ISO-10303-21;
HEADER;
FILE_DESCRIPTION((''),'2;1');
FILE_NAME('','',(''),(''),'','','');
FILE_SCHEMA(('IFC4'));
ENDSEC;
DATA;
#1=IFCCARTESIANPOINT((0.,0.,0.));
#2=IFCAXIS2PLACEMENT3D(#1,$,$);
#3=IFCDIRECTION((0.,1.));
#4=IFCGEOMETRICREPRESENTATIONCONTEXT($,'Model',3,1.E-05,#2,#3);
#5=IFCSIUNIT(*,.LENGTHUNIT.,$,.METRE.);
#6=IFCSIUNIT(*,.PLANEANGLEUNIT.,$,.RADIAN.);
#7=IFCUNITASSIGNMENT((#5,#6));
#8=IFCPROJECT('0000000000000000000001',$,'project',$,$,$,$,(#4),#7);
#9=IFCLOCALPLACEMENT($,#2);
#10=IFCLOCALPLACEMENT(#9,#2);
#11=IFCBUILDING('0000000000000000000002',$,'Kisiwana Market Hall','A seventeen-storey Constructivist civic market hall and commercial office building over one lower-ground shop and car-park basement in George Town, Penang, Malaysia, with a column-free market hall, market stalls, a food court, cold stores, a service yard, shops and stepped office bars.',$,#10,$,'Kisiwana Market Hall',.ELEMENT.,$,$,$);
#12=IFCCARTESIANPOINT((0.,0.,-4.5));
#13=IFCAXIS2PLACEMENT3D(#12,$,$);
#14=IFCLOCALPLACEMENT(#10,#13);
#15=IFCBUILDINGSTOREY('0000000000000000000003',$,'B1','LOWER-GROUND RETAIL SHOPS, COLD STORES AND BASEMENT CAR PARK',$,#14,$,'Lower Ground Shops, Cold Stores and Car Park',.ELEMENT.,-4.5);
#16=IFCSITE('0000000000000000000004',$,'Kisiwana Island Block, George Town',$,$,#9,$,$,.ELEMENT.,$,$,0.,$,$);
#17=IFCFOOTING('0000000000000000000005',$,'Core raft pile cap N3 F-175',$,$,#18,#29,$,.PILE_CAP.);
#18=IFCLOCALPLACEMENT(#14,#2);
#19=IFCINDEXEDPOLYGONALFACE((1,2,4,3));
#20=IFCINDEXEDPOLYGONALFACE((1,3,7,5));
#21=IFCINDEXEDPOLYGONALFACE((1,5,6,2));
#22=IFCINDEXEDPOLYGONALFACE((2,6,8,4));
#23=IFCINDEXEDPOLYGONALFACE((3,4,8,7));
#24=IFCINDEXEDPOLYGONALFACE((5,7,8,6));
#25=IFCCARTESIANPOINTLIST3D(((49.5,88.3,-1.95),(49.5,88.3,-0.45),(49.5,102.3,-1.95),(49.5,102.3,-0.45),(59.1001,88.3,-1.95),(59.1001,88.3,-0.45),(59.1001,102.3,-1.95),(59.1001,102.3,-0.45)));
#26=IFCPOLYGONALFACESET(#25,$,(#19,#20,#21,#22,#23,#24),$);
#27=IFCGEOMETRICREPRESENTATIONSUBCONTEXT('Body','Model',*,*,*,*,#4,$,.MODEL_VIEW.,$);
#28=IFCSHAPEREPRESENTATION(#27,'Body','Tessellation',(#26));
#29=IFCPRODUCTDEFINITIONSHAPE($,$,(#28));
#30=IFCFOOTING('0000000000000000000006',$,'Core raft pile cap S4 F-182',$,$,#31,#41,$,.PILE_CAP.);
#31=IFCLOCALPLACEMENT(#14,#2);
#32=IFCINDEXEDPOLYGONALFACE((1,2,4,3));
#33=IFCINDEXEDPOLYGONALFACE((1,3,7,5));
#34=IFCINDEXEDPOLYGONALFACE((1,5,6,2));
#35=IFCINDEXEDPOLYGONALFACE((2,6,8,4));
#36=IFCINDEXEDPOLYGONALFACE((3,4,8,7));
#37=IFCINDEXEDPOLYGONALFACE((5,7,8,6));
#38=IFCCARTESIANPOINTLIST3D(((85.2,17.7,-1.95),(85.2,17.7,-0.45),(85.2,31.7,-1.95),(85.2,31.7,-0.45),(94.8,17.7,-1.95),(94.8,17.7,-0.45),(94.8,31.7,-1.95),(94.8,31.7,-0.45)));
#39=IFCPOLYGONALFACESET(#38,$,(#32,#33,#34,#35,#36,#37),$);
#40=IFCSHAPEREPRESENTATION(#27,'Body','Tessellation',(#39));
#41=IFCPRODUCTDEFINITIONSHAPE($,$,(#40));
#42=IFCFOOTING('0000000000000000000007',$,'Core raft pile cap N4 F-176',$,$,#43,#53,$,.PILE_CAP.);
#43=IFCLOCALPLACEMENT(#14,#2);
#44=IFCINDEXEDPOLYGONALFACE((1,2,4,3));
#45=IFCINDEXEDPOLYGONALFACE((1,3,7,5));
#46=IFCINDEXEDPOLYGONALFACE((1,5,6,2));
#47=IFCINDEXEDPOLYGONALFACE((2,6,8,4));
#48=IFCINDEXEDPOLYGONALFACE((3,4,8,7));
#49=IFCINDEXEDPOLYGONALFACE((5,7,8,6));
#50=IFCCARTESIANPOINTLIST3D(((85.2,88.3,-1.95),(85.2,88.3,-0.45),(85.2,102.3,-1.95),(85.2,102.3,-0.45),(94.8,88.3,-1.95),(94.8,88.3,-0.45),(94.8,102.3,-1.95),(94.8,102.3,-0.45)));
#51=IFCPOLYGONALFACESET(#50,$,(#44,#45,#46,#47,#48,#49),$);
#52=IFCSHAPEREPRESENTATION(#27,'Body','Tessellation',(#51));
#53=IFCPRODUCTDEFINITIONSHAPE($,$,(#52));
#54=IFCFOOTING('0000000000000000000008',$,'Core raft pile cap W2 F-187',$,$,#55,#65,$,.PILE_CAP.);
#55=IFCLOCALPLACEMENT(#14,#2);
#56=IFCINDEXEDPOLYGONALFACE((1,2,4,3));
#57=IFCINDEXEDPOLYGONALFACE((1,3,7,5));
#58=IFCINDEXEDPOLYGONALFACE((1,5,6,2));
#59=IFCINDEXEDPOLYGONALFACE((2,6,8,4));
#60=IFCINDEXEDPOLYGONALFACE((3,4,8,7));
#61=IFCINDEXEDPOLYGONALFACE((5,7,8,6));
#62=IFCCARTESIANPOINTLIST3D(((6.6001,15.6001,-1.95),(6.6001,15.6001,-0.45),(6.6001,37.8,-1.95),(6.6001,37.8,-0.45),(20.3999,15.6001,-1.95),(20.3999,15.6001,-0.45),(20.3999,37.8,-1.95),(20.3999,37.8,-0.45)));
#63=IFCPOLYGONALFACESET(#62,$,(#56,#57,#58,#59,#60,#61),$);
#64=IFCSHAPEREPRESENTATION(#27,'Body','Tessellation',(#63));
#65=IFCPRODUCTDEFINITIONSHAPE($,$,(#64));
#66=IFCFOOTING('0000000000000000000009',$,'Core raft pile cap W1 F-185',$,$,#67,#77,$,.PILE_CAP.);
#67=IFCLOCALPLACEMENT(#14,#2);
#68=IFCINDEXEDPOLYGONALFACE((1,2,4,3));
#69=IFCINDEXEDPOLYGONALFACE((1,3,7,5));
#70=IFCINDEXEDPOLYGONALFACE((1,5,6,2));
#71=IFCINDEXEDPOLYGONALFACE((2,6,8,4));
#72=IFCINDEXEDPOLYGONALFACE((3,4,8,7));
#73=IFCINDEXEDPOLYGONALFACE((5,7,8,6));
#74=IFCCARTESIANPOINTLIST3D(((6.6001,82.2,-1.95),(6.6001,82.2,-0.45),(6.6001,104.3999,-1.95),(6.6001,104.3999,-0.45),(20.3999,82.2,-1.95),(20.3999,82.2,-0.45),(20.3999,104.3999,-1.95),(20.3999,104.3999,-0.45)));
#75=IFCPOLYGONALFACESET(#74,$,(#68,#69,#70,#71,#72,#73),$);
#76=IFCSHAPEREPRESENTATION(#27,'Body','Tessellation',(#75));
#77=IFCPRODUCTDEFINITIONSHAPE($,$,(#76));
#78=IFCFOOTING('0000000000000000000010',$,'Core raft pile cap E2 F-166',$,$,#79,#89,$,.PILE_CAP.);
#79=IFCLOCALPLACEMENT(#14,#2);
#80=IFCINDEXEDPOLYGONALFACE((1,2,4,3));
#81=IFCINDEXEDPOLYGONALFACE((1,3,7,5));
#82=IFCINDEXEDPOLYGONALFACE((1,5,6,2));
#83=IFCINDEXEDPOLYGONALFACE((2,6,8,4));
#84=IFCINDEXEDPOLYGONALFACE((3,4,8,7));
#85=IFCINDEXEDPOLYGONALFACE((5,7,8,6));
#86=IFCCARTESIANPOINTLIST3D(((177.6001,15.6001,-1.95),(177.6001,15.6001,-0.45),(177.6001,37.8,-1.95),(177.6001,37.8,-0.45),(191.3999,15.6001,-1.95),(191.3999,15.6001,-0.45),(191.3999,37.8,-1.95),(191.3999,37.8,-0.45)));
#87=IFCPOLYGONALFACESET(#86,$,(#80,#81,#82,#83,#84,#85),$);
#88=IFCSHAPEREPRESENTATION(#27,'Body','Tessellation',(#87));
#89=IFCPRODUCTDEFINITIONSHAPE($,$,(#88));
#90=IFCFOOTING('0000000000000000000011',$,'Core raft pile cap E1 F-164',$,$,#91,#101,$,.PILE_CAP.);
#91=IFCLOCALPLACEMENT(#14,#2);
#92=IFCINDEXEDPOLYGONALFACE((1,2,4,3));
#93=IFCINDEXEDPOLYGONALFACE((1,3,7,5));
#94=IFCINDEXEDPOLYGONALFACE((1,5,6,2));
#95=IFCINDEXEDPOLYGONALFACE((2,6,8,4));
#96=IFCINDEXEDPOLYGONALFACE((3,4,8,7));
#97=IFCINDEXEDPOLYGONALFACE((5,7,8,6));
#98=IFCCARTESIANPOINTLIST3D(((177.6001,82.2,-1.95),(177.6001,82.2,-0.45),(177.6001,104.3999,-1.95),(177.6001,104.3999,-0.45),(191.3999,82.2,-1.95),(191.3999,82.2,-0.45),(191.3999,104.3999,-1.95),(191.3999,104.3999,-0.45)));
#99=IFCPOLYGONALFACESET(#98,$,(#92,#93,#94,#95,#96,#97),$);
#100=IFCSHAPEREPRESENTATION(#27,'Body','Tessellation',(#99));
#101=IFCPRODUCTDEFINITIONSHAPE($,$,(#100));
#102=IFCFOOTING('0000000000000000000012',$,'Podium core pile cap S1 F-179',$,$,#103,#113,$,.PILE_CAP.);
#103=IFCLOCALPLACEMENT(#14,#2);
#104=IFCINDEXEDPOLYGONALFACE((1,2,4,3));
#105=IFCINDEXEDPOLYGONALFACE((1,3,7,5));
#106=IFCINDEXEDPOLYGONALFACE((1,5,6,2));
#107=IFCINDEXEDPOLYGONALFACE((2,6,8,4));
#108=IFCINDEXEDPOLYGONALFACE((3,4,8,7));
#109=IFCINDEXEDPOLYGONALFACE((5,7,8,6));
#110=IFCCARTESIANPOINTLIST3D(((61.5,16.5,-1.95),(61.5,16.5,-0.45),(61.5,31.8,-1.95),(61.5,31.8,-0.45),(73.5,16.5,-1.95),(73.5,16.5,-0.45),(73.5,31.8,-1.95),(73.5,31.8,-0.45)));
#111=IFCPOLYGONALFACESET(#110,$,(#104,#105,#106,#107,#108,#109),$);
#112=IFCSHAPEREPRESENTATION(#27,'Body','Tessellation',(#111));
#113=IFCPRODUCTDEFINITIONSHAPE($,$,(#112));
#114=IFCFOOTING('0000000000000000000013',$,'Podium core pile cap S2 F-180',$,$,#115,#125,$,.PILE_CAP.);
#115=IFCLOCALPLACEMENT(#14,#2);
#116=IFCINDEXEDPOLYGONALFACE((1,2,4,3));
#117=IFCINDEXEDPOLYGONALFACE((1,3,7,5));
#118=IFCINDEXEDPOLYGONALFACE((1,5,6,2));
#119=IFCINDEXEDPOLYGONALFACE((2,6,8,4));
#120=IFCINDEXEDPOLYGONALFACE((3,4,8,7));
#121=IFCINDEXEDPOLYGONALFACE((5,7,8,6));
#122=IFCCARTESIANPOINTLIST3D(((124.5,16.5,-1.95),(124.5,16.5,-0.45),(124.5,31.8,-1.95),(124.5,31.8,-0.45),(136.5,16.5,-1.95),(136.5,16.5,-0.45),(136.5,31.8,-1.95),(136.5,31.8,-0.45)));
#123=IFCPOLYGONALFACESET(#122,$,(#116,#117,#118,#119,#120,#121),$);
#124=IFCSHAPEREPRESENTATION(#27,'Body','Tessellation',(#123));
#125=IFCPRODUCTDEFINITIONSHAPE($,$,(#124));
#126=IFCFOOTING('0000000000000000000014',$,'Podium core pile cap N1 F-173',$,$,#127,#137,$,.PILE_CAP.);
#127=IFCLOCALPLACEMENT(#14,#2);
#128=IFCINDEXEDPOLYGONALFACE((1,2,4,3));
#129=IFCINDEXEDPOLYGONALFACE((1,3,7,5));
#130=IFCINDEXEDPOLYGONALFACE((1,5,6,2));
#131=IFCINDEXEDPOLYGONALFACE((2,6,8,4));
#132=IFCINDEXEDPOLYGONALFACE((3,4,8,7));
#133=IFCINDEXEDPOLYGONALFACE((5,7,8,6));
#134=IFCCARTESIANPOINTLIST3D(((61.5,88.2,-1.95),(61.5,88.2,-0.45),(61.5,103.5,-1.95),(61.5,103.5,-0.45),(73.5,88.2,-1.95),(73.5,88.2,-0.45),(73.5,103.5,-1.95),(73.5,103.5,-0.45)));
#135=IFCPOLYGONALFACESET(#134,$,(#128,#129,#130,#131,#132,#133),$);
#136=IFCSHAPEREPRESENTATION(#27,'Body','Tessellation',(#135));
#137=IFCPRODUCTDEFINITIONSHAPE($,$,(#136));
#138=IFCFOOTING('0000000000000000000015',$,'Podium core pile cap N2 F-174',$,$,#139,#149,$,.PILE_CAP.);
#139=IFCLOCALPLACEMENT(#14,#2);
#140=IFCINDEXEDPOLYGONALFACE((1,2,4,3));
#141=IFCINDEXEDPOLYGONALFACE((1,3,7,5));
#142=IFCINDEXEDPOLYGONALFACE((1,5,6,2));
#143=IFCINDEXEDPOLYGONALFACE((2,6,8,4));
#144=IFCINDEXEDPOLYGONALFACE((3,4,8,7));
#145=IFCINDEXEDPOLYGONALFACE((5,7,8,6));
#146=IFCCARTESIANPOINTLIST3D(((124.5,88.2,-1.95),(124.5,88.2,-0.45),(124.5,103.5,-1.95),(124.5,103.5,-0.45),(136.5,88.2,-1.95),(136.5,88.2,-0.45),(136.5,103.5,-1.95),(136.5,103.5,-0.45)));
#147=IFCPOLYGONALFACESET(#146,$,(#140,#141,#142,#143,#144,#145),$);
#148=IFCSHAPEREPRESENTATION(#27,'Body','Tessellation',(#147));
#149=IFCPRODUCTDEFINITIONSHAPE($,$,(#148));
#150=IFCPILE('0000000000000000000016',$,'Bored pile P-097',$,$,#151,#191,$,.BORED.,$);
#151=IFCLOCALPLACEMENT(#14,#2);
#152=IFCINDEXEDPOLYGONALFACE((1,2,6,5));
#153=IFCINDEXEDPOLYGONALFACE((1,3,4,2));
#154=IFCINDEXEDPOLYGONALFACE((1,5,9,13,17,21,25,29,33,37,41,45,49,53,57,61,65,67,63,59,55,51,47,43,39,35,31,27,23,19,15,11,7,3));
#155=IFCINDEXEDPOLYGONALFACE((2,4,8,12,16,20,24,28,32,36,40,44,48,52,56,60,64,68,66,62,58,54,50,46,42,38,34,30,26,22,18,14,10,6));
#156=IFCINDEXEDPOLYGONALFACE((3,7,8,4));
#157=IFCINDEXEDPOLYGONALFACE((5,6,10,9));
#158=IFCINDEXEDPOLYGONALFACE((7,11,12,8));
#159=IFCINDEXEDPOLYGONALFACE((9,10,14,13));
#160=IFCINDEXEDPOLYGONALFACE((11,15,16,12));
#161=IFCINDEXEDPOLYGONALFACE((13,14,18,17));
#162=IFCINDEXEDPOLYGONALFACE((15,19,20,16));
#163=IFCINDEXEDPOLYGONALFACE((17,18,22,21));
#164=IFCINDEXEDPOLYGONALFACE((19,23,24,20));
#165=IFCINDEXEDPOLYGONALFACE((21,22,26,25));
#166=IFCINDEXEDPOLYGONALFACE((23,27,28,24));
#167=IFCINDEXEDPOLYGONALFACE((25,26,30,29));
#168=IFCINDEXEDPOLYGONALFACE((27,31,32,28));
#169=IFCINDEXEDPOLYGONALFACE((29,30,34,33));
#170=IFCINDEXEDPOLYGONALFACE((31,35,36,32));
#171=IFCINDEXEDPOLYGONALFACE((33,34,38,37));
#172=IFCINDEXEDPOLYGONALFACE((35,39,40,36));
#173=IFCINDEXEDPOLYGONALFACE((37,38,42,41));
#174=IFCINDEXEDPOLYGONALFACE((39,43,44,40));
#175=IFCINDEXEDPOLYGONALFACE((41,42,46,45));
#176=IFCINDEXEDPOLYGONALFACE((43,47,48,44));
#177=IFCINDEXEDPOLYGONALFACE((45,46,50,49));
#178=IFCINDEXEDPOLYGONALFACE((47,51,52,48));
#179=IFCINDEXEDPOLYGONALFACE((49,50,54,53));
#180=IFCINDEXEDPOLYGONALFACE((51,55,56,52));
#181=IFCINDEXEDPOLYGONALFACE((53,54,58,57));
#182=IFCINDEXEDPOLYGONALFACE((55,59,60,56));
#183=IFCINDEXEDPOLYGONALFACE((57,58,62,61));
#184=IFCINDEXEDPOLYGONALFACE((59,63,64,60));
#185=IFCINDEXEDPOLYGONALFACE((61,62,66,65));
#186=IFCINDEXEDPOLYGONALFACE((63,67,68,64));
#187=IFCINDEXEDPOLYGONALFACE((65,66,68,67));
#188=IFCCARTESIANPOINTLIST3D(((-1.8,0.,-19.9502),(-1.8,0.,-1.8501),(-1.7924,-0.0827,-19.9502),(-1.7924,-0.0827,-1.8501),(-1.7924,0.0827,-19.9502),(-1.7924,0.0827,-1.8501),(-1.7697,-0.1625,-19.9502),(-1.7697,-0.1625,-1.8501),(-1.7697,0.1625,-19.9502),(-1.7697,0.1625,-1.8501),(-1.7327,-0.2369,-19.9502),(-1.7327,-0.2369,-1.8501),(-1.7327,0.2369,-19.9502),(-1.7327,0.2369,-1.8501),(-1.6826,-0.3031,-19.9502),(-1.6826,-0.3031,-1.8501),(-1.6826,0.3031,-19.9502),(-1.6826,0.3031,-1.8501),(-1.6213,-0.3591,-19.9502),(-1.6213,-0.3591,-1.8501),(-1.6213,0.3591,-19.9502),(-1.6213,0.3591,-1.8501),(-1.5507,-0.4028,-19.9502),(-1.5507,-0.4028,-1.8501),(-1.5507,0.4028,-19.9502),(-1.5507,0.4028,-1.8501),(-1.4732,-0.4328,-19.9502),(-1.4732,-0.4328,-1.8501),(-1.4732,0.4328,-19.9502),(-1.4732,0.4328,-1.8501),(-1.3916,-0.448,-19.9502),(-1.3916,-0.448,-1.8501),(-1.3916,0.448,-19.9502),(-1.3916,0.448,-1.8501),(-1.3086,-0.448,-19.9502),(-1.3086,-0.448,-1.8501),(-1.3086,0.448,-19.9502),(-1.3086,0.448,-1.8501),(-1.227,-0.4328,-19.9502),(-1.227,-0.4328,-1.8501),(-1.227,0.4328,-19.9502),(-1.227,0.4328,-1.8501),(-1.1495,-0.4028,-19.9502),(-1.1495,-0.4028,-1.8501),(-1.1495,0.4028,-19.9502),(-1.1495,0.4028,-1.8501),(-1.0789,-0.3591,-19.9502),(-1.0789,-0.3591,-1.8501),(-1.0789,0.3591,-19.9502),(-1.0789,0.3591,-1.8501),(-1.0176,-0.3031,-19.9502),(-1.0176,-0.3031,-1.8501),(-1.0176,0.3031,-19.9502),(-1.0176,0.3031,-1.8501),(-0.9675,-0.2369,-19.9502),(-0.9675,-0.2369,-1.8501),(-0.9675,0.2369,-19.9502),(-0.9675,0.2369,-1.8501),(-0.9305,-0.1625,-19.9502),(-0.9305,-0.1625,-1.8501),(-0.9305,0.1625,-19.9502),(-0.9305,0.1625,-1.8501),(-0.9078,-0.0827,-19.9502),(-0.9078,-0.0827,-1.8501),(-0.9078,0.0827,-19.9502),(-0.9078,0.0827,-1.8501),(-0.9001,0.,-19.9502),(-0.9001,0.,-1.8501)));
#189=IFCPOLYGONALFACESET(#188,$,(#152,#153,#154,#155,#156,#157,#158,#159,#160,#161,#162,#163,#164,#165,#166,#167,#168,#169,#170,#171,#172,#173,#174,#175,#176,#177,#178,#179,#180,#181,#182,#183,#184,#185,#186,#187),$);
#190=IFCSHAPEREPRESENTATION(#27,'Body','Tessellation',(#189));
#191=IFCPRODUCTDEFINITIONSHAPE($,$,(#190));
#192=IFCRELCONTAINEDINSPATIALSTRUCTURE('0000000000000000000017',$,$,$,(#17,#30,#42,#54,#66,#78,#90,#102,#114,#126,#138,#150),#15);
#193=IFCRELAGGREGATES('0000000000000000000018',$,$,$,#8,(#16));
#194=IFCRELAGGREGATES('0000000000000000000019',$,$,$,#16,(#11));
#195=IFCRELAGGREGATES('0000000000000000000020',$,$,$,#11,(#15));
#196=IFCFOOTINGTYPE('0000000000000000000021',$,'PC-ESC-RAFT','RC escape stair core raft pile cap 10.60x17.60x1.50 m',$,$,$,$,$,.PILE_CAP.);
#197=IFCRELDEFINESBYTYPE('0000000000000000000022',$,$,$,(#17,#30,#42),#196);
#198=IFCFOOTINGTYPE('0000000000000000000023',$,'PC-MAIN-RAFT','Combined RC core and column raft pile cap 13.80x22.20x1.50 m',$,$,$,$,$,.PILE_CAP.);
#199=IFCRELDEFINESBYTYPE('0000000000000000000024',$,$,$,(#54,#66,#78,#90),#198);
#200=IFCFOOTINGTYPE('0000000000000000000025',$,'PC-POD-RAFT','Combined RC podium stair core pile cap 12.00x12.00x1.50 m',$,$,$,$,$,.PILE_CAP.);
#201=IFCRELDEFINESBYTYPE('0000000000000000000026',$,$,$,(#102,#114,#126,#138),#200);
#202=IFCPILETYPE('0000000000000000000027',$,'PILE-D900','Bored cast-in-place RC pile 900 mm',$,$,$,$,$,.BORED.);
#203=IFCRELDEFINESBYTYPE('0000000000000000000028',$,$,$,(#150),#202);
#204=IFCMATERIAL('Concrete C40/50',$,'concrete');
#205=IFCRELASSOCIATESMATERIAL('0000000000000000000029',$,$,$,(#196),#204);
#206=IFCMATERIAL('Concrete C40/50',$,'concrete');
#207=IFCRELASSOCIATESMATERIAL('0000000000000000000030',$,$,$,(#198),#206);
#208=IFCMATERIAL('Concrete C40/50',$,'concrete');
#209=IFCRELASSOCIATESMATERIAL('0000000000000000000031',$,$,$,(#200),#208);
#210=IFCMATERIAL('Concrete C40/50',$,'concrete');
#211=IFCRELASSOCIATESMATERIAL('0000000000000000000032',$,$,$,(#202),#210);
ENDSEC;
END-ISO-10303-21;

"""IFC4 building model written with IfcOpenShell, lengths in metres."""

from ifc_helpers import new_model, si_unit, direction, frame, origin, origin_2d, place, context, subcontext, project, spatial, polyline, circle, outline, extrude, material, material_profile, profile_set, type_object, element, save


model = new_model("IFC4")

# Units and contexts
model_context = context("Model", 3, precision=1e-05, world=origin(), true_north=direction((0.0, 1.0)))
body_context = subcontext(model_context, "Body", "Model", "MODEL_VIEW")
ifc_project = project(units=[si_unit("LENGTHUNIT", "METRE"), si_unit("PLANEANGLEUNIT", "RADIAN")], contexts=[model_context])

# Site, building, storey
site_placement = place(None, origin())
site = spatial("IfcSite", under=ifc_project, at=site_placement, Name="Kisiwana Island Block, George Town", CompositionType="ELEMENT", RefElevation=0.0)
building_placement = place(site_placement, origin())
building = spatial("IfcBuilding", under=site, at=building_placement, Name="Kisiwana Market Hall", Description="A seventeen-storey Constructivist civic market hall and commercial office building over one lower-ground shop and car-park basement in George Town, Penang, Malaysia, with a column-free market hall, market stalls, a food court, cold stores, a service yard, shops and stepped office bars.", LongName="Kisiwana Market Hall", CompositionType="ELEMENT")
storey_placement = place(building_placement, frame((0.0, 0.0, -4.5)))
storey = spatial("IfcBuildingStorey", under=building, at=storey_placement, Name="B1", Description="LOWER-GROUND RETAIL SHOPS, COLD STORES AND BASEMENT CAR PARK", LongName="Lower Ground Shops, Cold Stores and Car Park", CompositionType="ELEMENT", Elevation=-4.5)

# Footings
ifc_material_1 = material(Name="Concrete C40/50", Category="concrete")
footing_type_1 = type_object("IfcFootingType", Name="PC-ESC-RAFT", Description="RC escape stair core raft pile cap 10.60x17.60x1.50 m", PredefinedType="PILE_CAP", material=ifc_material_1)
footing_1_placement = place(storey_placement, frame((0.0, 0.0, -1.95)))
element("IfcFooting", 1, at=footing_1_placement, inside=storey, type_object=footing_type_1, Name="Core raft pile cap N3 F-175", PredefinedType="PILE_CAP", context=body_context, shape_type="SweptSolid", body=[
    extrude(outline(polyline([(49.5, 88.3), (59.1001, 88.3), (59.1001, 102.3), (49.5, 102.3), (49.5, 88.3)])), origin(), (0.0, 0.0, 1.0), 1.5),
])
footing_2_placement = place(storey_placement, frame((0.0, 0.0, -1.95)))
element("IfcFooting", 2, at=footing_2_placement, inside=storey, type_object=footing_type_1, Name="Core raft pile cap S4 F-182", PredefinedType="PILE_CAP", context=body_context, shape_type="SweptSolid", body=[
    extrude(outline(polyline([(85.2, 17.7), (94.8, 17.7), (94.8, 31.7), (85.2, 31.7), (85.2, 17.7)])), origin(), (0.0, 0.0, 1.0), 1.5),
])
footing_3_placement = place(storey_placement, frame((0.0, 0.0, -1.95)))
element("IfcFooting", 3, at=footing_3_placement, inside=storey, type_object=footing_type_1, Name="Core raft pile cap N4 F-176", PredefinedType="PILE_CAP", context=body_context, shape_type="SweptSolid", body=[
    extrude(outline(polyline([(85.2, 88.3), (94.8, 88.3), (94.8, 102.3), (85.2, 102.3), (85.2, 88.3)])), origin(), (0.0, 0.0, 1.0), 1.5),
])
ifc_material_2 = material(Name="Concrete C40/50", Category="concrete")
footing_type_2 = type_object("IfcFootingType", Name="PC-MAIN-RAFT", Description="Combined RC core and column raft pile cap 13.80x22.20x1.50 m", PredefinedType="PILE_CAP", material=ifc_material_2)
footing_4_placement = place(storey_placement, frame((0.0, 0.0, -1.95)))
element("IfcFooting", 4, at=footing_4_placement, inside=storey, type_object=footing_type_2, Name="Core raft pile cap W2 F-187", PredefinedType="PILE_CAP", context=body_context, shape_type="SweptSolid", body=[
    extrude(outline(polyline([(6.6001, 15.6001), (20.3999, 15.6001), (20.3999, 37.8), (6.6001, 37.8), (6.6001, 15.6001)])), origin(), (0.0, 0.0, 1.0), 1.5),
])
footing_5_placement = place(storey_placement, frame((0.0, 0.0, -1.95)))
element("IfcFooting", 5, at=footing_5_placement, inside=storey, type_object=footing_type_2, Name="Core raft pile cap W1 F-185", PredefinedType="PILE_CAP", context=body_context, shape_type="SweptSolid", body=[
    extrude(outline(polyline([(6.6001, 82.2), (20.3999, 82.2), (20.3999, 104.3999), (6.6001, 104.3999), (6.6001, 82.2)])), origin(), (0.0, 0.0, 1.0), 1.5),
])
footing_6_placement = place(storey_placement, frame((0.0, 0.0, -1.95)))
element("IfcFooting", 6, at=footing_6_placement, inside=storey, type_object=footing_type_2, Name="Core raft pile cap E2 F-166", PredefinedType="PILE_CAP", context=body_context, shape_type="SweptSolid", body=[
    extrude(outline(polyline([(177.6001, 15.6001), (191.3999, 15.6001), (191.3999, 37.8), (177.6001, 37.8), (177.6001, 15.6001)])), origin(), (0.0, 0.0, 1.0), 1.5),
])
footing_7_placement = place(storey_placement, frame((0.0, 0.0, -1.95)))
element("IfcFooting", 7, at=footing_7_placement, inside=storey, type_object=footing_type_2, Name="Core raft pile cap E1 F-164", PredefinedType="PILE_CAP", context=body_context, shape_type="SweptSolid", body=[
    extrude(outline(polyline([(177.6001, 82.2), (191.3999, 82.2), (191.3999, 104.3999), (177.6001, 104.3999), (177.6001, 82.2)])), origin(), (0.0, 0.0, 1.0), 1.5),
])
ifc_material_3 = material(Name="Concrete C40/50", Category="concrete")
footing_type_3 = type_object("IfcFootingType", Name="PC-POD-RAFT", Description="Combined RC podium stair core pile cap 12.00x12.00x1.50 m", PredefinedType="PILE_CAP", material=ifc_material_3)
footing_8_placement = place(storey_placement, frame((0.0, 0.0, -1.95)))
element("IfcFooting", 8, at=footing_8_placement, inside=storey, type_object=footing_type_3, Name="Podium core pile cap S1 F-179", PredefinedType="PILE_CAP", context=body_context, shape_type="SweptSolid", body=[
    extrude(outline(polyline([(61.5, 16.5), (73.5, 16.5), (73.5, 31.8), (61.5, 31.8), (61.5, 16.5)])), origin(), (0.0, 0.0, 1.0), 1.5),
])
footing_9_placement = place(storey_placement, frame((0.0, 0.0, -1.95)))
element("IfcFooting", 9, at=footing_9_placement, inside=storey, type_object=footing_type_3, Name="Podium core pile cap S2 F-180", PredefinedType="PILE_CAP", context=body_context, shape_type="SweptSolid", body=[
    extrude(outline(polyline([(124.5, 16.5), (136.5, 16.5), (136.5, 31.8), (124.5, 31.8), (124.5, 16.5)])), origin(), (0.0, 0.0, 1.0), 1.5),
])
footing_10_placement = place(storey_placement, frame((0.0, 0.0, -1.95)))
element("IfcFooting", 10, at=footing_10_placement, inside=storey, type_object=footing_type_3, Name="Podium core pile cap N1 F-173", PredefinedType="PILE_CAP", context=body_context, shape_type="SweptSolid", body=[
    extrude(outline(polyline([(61.5, 88.2), (73.5, 88.2), (73.5, 103.5), (61.5, 103.5), (61.5, 88.2)])), origin(), (0.0, 0.0, 1.0), 1.5),
])
footing_11_placement = place(storey_placement, frame((0.0, 0.0, -1.95)))
element("IfcFooting", 11, at=footing_11_placement, inside=storey, type_object=footing_type_3, Name="Podium core pile cap N2 F-174", PredefinedType="PILE_CAP", context=body_context, shape_type="SweptSolid", body=[
    extrude(outline(polyline([(124.5, 88.2), (136.5, 88.2), (136.5, 103.5), (124.5, 103.5), (124.5, 88.2)])), origin(), (0.0, 0.0, 1.0), 1.5),
])

# Pile
ifc_material_4 = material(Name="Concrete C40/50", Category="concrete")
ifc_material_profile = material_profile(ifc_material_4, circle(Radius=0.45, at=origin_2d()), Name="BP D900")
ifc_profile_set = profile_set([ifc_material_profile], Name="Concrete C40/50")
pile_type = type_object("IfcPileType", Name="PILE-D900", Description="Bored cast-in-place RC pile 900 mm", PredefinedType="BORED", material=ifc_profile_set)
pile_placement = place(storey_placement, frame((-1.3501, 0.0, -1.8501), z_axis=(0.0, 0.0, -1.0), x_axis=(1.0, 0.0, 0.0)))
element("IfcPile", 12, at=pile_placement, inside=storey, type_object=pile_type, Name="Bored pile P-097", PredefinedType="BORED", context=body_context, shape_type="SweptSolid", body=[
    extrude(circle(Radius=0.45, at=origin_2d()), origin(), (0.0, 0.0, 1.0), 18.1001),
])

save(model, "model.ifc")
